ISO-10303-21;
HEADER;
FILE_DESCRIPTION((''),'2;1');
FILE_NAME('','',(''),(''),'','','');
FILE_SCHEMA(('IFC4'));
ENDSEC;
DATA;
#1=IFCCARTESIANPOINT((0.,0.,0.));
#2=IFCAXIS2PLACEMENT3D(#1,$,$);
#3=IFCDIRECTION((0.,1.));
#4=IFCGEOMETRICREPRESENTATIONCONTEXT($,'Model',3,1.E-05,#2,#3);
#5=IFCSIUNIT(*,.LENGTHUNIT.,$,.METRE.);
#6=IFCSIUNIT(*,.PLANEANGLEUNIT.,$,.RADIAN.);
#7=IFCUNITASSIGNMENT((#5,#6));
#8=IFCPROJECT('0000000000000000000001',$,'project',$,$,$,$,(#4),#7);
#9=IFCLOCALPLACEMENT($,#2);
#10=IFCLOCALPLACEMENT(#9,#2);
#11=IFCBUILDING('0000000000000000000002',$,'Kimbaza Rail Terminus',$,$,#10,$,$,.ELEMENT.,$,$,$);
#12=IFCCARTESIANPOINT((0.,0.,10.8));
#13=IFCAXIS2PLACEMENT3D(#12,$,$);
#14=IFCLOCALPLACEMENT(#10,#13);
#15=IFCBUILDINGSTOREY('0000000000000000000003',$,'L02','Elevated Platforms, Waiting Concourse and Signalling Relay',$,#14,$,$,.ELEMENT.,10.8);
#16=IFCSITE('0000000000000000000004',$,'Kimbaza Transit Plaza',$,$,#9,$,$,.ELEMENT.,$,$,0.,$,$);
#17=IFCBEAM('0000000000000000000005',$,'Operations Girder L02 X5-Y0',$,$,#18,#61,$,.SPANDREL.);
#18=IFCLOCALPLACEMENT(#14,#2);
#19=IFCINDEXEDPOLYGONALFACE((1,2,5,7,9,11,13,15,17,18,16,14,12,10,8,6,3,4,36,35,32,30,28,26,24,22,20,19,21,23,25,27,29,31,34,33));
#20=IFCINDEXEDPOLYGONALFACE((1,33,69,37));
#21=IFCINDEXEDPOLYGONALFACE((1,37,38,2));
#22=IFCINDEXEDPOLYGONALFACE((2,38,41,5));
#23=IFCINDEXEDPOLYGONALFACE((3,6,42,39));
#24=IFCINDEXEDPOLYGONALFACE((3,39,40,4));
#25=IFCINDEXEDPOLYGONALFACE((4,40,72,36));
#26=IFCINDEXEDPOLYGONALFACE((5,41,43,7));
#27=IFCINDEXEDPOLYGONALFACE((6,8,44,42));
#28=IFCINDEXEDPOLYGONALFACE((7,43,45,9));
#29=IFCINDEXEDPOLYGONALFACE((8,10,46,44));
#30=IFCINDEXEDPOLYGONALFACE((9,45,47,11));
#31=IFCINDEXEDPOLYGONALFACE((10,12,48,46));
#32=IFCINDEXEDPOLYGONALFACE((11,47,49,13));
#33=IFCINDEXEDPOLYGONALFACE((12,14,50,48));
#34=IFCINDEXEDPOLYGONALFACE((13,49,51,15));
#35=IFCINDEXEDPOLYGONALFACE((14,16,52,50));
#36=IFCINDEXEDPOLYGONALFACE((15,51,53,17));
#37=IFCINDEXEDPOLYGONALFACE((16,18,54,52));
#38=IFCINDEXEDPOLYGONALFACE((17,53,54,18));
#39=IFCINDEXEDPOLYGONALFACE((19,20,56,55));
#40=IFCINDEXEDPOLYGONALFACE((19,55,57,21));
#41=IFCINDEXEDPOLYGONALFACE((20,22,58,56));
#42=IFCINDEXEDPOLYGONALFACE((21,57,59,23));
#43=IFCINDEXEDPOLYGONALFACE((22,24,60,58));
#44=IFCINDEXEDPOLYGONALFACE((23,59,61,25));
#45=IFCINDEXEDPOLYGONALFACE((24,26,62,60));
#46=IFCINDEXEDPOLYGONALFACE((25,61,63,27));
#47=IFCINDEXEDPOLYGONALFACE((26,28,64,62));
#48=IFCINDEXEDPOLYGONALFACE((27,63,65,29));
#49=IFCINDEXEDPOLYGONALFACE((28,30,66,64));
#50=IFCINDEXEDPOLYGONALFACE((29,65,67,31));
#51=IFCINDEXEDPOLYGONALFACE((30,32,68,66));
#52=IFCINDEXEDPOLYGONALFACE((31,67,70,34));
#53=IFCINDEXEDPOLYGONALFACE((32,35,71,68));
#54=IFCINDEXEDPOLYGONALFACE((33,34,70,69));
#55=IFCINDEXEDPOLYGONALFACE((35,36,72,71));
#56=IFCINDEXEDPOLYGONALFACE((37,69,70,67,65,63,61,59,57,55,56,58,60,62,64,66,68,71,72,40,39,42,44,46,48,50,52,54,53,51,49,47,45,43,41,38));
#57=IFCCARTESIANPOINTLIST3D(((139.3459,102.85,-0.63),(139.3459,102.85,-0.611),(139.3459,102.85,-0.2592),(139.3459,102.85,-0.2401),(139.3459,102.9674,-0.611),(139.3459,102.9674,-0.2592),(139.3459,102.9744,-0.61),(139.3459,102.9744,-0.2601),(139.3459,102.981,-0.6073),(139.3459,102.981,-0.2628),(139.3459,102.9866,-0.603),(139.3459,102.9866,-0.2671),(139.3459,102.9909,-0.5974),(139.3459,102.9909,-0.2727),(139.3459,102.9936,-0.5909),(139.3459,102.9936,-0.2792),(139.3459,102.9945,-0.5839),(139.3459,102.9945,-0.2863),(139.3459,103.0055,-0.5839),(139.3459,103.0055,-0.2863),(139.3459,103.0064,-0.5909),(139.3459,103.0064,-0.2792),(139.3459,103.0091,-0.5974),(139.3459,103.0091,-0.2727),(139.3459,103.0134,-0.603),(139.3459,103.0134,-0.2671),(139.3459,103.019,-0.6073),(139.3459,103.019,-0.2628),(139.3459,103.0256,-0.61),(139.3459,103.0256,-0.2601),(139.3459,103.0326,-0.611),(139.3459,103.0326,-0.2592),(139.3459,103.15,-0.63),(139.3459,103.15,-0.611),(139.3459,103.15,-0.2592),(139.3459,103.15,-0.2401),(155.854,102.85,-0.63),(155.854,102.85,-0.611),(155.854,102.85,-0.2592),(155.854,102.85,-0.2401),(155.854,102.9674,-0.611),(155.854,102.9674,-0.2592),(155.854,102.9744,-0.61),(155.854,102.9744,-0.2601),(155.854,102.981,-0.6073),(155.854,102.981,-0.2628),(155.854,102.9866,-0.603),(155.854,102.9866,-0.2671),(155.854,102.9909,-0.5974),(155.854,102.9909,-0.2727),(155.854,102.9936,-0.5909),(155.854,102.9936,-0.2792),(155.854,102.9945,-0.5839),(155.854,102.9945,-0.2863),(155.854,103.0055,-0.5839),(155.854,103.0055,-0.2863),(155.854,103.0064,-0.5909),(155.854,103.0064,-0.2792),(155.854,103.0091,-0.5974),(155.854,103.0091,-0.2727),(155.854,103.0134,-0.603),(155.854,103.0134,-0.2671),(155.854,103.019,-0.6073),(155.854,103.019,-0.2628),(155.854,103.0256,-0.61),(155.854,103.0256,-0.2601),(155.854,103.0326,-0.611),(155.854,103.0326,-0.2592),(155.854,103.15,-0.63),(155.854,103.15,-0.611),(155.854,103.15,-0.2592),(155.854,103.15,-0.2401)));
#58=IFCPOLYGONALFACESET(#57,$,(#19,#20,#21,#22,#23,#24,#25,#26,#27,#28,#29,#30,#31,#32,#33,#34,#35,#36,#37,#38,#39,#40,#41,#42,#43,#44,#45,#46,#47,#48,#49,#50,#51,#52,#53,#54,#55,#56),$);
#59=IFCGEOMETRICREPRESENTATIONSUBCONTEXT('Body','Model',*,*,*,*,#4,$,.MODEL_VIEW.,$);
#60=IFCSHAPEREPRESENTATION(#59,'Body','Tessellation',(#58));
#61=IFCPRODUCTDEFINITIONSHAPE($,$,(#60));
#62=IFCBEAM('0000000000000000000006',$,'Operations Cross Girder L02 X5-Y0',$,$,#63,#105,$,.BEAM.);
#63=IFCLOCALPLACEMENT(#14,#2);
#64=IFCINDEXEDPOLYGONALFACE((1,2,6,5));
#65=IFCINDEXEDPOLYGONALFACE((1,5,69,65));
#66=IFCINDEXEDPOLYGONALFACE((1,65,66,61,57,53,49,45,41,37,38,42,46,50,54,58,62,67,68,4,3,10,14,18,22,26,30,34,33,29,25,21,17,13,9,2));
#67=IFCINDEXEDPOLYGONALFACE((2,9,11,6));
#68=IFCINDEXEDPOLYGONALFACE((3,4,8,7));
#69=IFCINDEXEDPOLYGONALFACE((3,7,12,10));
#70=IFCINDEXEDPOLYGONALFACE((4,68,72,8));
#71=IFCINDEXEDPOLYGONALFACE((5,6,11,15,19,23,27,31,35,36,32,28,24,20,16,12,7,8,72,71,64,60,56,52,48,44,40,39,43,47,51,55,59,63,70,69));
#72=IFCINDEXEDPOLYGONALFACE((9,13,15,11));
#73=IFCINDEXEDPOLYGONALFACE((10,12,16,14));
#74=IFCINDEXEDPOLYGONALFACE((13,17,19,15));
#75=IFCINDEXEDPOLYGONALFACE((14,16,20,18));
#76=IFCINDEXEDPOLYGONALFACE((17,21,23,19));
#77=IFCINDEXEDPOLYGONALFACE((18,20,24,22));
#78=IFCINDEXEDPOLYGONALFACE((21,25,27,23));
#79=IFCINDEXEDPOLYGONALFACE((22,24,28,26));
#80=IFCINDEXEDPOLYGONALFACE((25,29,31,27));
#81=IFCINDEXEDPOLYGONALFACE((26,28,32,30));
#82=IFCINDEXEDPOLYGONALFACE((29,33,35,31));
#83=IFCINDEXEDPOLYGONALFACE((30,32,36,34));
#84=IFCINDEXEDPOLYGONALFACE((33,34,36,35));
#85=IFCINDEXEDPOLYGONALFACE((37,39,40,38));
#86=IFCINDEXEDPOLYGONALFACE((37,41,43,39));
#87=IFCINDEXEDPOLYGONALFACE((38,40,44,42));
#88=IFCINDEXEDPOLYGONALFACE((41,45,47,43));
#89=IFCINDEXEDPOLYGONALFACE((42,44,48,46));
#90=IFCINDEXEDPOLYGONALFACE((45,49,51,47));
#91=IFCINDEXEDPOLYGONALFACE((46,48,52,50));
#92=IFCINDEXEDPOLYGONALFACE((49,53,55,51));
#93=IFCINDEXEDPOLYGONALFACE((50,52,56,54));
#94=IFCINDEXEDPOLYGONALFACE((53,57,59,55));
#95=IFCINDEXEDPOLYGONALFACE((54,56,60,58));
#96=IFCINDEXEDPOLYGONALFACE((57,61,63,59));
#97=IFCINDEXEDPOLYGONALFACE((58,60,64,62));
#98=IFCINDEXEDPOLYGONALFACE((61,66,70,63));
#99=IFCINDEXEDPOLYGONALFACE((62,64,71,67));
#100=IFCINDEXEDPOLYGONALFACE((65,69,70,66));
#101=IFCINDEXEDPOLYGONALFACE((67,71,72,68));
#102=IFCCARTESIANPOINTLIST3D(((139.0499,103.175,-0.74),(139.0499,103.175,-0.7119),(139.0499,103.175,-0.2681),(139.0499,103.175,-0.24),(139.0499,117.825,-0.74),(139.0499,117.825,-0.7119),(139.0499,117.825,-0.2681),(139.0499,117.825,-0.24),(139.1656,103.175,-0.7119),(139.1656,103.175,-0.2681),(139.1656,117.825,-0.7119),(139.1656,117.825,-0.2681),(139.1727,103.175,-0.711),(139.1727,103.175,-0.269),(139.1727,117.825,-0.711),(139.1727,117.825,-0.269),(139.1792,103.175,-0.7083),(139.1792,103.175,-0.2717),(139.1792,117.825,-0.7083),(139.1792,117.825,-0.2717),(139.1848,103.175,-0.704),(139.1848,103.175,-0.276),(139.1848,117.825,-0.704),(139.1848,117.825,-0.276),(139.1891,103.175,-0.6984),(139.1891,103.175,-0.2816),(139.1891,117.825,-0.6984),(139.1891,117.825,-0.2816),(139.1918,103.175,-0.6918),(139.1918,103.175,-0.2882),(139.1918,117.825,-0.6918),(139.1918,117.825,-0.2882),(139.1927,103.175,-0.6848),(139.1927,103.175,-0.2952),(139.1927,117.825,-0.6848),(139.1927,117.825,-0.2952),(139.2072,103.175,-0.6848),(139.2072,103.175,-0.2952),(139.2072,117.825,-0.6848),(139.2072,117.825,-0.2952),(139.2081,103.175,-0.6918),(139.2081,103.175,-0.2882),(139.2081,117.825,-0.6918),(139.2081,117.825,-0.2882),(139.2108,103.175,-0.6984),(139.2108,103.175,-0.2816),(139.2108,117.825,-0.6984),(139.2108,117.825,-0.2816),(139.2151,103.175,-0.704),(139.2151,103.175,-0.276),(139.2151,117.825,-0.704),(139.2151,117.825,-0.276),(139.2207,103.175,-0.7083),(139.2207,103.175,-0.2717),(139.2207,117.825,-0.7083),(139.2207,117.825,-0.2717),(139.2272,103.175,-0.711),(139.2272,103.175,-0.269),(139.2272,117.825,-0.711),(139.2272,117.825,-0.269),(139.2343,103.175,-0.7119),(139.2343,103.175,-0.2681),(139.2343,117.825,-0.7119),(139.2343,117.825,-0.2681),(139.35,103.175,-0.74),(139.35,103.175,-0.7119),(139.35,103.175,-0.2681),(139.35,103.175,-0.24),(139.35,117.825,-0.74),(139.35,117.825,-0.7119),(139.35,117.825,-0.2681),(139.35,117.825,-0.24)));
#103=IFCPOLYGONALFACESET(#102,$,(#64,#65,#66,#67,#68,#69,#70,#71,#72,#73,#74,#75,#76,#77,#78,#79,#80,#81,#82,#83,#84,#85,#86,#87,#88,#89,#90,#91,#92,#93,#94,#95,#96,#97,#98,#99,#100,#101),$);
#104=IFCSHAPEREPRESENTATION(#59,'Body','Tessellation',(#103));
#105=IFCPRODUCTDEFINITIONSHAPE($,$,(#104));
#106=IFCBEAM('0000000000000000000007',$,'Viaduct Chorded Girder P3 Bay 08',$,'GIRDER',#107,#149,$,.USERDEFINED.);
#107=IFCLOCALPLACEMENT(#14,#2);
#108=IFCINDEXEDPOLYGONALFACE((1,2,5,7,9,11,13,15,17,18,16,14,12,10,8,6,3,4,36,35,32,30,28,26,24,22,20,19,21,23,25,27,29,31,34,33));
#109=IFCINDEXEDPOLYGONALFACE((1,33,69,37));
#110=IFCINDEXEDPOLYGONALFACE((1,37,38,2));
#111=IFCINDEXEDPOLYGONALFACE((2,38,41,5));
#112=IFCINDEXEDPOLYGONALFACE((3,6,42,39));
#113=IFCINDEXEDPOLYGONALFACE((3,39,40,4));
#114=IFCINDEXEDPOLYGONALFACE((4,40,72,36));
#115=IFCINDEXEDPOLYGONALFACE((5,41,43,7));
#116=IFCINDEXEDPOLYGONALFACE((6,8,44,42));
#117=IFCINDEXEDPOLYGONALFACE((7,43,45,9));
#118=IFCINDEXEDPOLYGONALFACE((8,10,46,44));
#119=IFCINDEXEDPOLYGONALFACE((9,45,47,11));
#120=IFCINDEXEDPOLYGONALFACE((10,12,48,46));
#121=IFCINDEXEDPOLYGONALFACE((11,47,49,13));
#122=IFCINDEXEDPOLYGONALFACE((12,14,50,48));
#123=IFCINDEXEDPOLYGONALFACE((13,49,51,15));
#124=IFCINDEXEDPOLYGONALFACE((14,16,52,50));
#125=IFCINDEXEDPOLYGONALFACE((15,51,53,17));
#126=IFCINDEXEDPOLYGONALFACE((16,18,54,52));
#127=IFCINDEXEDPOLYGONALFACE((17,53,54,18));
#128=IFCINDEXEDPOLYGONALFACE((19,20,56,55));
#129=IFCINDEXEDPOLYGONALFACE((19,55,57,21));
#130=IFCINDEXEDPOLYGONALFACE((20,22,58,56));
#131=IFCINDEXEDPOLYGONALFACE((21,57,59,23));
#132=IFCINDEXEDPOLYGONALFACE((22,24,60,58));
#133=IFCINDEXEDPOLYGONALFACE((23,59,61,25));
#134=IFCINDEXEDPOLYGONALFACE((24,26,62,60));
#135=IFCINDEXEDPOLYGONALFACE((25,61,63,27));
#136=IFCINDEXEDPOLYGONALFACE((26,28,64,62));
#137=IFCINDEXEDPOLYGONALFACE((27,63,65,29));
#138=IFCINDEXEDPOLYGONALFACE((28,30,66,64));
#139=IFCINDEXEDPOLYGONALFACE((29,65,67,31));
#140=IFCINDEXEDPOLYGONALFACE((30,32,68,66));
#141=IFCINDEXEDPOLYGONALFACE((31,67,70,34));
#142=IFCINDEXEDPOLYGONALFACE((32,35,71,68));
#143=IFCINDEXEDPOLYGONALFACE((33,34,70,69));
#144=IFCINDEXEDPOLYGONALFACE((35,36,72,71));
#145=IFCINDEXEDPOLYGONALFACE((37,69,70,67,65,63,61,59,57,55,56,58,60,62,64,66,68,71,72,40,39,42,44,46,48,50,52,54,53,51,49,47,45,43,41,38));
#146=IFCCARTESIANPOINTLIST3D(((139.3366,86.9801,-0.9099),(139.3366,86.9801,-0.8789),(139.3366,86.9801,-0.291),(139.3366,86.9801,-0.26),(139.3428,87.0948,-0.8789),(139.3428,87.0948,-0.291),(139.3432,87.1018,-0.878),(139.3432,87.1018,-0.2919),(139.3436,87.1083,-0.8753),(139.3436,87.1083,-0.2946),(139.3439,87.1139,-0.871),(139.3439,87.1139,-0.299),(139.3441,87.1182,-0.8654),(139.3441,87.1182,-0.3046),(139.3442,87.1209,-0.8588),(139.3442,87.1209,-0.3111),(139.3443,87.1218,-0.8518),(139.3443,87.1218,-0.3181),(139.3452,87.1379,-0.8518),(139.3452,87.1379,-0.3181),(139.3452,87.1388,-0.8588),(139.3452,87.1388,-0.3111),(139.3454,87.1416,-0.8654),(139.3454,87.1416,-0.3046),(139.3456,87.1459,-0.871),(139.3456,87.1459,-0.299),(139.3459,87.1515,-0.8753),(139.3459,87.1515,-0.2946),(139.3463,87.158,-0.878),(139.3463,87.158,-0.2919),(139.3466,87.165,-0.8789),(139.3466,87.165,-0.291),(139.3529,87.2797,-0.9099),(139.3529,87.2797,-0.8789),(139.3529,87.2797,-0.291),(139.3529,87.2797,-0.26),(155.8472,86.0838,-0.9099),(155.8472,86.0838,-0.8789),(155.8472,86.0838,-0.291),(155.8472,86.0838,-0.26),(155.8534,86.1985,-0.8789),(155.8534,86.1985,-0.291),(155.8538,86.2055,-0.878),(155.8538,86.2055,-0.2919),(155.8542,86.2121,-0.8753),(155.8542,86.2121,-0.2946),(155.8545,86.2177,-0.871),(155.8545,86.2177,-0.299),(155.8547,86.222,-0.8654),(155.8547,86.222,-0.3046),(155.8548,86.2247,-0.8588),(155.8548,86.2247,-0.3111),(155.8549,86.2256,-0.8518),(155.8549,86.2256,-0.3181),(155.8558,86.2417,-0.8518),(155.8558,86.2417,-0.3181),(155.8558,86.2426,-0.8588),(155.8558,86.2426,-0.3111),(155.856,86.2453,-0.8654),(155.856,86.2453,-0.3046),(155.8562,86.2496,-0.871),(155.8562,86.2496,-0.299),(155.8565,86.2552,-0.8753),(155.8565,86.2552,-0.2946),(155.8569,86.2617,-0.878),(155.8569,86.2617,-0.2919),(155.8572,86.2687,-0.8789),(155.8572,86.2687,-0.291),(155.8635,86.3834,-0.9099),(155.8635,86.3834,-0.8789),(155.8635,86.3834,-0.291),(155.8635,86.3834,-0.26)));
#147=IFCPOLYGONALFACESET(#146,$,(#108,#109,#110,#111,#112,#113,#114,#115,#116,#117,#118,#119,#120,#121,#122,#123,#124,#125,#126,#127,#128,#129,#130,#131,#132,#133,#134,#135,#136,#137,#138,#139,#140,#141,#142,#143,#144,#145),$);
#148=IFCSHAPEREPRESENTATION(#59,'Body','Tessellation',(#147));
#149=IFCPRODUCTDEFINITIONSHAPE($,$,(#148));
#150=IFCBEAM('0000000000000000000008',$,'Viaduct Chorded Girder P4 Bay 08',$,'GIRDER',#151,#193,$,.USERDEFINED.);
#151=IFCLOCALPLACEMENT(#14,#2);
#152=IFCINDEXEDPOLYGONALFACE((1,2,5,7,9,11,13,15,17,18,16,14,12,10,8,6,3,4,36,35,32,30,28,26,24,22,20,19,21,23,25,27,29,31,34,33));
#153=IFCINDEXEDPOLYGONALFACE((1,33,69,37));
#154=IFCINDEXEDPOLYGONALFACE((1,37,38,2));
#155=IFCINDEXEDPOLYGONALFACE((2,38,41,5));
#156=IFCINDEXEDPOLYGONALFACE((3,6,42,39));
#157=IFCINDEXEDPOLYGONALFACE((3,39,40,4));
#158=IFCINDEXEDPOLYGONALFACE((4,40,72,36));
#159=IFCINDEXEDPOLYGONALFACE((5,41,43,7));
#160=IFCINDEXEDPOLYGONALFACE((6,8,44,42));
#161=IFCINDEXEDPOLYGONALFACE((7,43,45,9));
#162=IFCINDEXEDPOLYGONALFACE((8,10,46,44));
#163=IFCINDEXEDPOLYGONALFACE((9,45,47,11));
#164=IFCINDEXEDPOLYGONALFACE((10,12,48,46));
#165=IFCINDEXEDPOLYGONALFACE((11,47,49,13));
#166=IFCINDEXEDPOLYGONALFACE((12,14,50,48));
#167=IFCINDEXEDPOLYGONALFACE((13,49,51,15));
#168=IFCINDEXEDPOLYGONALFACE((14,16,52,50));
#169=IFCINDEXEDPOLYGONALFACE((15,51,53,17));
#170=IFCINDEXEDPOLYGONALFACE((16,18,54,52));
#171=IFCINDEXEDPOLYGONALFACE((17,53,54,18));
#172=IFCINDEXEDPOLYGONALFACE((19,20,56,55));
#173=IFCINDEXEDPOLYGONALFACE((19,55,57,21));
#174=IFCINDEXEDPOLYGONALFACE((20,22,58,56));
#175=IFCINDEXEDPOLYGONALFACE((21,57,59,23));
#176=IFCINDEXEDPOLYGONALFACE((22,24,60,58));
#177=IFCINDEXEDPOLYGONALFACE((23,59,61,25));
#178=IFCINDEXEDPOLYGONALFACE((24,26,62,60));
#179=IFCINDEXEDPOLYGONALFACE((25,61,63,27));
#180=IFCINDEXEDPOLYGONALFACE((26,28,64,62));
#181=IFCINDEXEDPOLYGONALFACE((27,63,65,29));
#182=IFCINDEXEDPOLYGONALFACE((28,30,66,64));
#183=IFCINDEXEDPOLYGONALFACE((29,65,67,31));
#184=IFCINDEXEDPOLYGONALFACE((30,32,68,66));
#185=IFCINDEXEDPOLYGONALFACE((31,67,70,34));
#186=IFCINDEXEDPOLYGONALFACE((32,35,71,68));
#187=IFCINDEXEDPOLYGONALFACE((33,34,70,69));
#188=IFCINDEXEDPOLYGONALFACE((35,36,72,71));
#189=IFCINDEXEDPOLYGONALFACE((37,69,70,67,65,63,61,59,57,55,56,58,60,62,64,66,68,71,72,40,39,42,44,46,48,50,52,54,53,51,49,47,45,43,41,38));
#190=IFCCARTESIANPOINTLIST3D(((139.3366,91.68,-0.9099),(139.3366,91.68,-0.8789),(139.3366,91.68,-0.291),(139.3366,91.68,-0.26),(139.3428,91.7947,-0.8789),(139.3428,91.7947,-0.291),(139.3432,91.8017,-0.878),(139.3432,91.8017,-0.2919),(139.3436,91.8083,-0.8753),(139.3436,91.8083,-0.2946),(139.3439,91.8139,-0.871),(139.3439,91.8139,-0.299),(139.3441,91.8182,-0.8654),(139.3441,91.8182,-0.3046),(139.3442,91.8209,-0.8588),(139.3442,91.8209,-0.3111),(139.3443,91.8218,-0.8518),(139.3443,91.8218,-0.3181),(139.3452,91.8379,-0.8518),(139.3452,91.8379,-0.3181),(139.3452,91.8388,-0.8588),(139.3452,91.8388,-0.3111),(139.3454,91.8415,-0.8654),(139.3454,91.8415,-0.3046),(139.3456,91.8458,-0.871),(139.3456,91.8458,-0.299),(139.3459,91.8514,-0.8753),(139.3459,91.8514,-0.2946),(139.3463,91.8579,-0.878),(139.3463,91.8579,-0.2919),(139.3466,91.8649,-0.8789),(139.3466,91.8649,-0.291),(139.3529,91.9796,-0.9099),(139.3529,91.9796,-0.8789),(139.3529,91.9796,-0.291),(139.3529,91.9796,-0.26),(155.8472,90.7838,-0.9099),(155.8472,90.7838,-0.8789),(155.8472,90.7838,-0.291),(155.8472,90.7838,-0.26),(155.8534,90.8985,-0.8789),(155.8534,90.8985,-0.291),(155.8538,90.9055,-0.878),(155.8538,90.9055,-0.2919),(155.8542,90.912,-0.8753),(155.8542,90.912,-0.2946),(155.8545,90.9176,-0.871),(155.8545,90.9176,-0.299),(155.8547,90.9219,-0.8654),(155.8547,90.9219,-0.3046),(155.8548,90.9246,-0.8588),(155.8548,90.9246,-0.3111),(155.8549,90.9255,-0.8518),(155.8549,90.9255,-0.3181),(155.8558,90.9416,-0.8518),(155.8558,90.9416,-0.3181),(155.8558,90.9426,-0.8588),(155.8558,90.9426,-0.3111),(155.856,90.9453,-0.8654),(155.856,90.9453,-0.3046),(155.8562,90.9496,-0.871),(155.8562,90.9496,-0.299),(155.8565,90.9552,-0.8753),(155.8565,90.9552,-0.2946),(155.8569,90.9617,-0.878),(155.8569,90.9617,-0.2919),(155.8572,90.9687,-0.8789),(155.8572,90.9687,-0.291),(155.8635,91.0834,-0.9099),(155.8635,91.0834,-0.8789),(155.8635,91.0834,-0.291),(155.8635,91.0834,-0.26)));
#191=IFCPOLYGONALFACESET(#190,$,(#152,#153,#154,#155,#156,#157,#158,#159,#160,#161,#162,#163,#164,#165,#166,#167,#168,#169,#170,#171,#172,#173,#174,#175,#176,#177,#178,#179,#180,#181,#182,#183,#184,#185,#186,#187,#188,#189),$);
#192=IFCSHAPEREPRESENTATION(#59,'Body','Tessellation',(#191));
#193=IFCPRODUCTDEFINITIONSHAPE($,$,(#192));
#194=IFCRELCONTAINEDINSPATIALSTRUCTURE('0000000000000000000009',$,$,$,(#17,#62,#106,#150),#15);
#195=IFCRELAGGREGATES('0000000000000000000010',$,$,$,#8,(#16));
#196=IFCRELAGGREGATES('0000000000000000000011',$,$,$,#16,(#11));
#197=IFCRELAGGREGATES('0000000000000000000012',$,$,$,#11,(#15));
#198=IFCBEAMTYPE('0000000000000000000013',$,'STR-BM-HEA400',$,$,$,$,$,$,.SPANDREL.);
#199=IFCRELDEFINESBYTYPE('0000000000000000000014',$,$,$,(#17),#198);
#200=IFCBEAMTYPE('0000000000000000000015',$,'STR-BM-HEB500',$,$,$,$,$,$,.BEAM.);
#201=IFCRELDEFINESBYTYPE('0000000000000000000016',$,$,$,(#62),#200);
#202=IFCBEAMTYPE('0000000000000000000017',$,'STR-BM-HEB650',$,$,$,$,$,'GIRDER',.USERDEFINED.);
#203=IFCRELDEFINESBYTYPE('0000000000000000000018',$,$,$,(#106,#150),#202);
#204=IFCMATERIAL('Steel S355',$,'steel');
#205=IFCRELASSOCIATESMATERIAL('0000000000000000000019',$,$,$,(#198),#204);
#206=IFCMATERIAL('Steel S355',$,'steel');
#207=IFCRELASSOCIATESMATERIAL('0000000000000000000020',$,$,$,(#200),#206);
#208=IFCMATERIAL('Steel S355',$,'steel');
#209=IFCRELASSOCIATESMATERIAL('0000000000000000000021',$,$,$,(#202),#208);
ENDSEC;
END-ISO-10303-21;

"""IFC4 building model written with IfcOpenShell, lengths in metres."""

from ifc_helpers import new_model, si_unit, direction, frame, origin, origin_2d, place, context, subcontext, project, spatial, i_section, extrude, material, material_profile, profile_set, type_object, element, save


model = new_model("IFC4")

# Units and contexts
model_context = context("Model", 3, precision=1e-05, world=origin(), true_north=direction((0.0, 1.0)))
body_context = subcontext(model_context, "Body", "Model", "MODEL_VIEW")
ifc_project = project(units=[si_unit("LENGTHUNIT", "METRE"), si_unit("PLANEANGLEUNIT", "RADIAN")], contexts=[model_context])

# Site, building, storey
site_placement = place(None, origin())
site = spatial("IfcSite", under=ifc_project, at=site_placement, Name="Kimbaza Transit Plaza", CompositionType="ELEMENT", RefElevation=0.0)
building_placement = place(site_placement, origin())
building = spatial("IfcBuilding", under=site, at=building_placement, Name="Kimbaza Rail Terminus", CompositionType="ELEMENT")
storey_placement = place(building_placement, frame((0.0, 0.0, 10.8)))
storey = spatial("IfcBuildingStorey", under=building, at=storey_placement, Name="L02", Description="Elevated Platforms, Waiting Concourse and Signalling Relay", CompositionType="ELEMENT", Elevation=10.8)

# Beams
ifc_material_1 = material(Name="Steel S355", Category="steel")
ifc_material_profile_1 = material_profile(ifc_material_1, i_section(OverallWidth=0.3, OverallDepth=0.3899, WebThickness=0.011, FlangeThickness=0.019, FilletRadius=0.0271, at=origin_2d()), Name="HEA 400")
ifc_profile_set_1 = profile_set([ifc_material_profile_1], Name="Steel S355")
beam_type_1 = type_object("IfcBeamType", Name="STR-BM-HEA400", PredefinedType="SPANDREL", material=ifc_profile_set_1)
beam_1_placement = place(storey_placement, frame((139.3459, 103.0, -0.4351), z_axis=(1.0, 0.0, 0.0), x_axis=(0.0, 1.0, 0.0)))
element("IfcBeam", 1, at=beam_1_placement, inside=storey, type_object=beam_type_1, Name="Operations Girder L02 X5-Y0", PredefinedType="SPANDREL", context=body_context, shape_type="SweptSolid", body=[
    extrude(i_section(OverallWidth=0.3, OverallDepth=0.3899, WebThickness=0.011, FlangeThickness=0.019, FilletRadius=0.0271, at=origin_2d()), origin(), (0.0, 0.0, 1.0), 16.5081),
])
ifc_material_2 = material(Name="Steel S355", Category="steel")
ifc_material_profile_2 = material_profile(ifc_material_2, i_section(OverallWidth=0.3, OverallDepth=0.5, WebThickness=0.0144, FlangeThickness=0.0281, FilletRadius=0.0271, at=origin_2d()), Name="HEB 500")
ifc_profile_set_2 = profile_set([ifc_material_profile_2], Name="Steel S355")
beam_type_2 = type_object("IfcBeamType", Name="STR-BM-HEB500", PredefinedType="BEAM", material=ifc_profile_set_2)
beam_2_placement = place(storey_placement, frame((139.2, 103.175, -0.49), z_axis=(0.0, 1.0, 0.0), x_axis=(-1.0, 0.0, 0.0)))
element("IfcBeam", 2, at=beam_2_placement, inside=storey, type_object=beam_type_2, Name="Operations Cross Girder L02 X5-Y0", PredefinedType="BEAM", context=body_context, shape_type="SweptSolid", body=[
    extrude(i_section(OverallWidth=0.3, OverallDepth=0.5, WebThickness=0.0144, FlangeThickness=0.0281, FilletRadius=0.0271, at=origin_2d()), origin(), (0.0, 0.0, 1.0), 14.6499),
])
ifc_material_3 = material(Name="Steel S355", Category="steel")
ifc_material_profile_3 = material_profile(ifc_material_3, i_section(OverallWidth=0.3, OverallDepth=0.6499, WebThickness=0.0161, FlangeThickness=0.031, FilletRadius=0.0271, at=origin_2d()), Name="HEB 650")
ifc_profile_set_3 = profile_set([ifc_material_profile_3], Name="Steel S355")
beam_type_3 = type_object("IfcBeamType", Name="STR-BM-HEB650", ElementType="GIRDER", PredefinedType="USERDEFINED", material=ifc_profile_set_3)
for number, where, z_axis, x_axis, name in (
    (3, (139.3447, 87.1299, -0.585), (0.99853, -0.054203, 0.0), (0.054203, 0.99853, 0.0), "Viaduct Chorded Girder P3 Bay 08"),
    (4, (139.3447, 91.8298, -0.585), (0.99853, -0.054203, 0.0), (0.054203, 0.99853, 0.0), "Viaduct Chorded Girder P4 Bay 08"),
):
    element("IfcBeam", number, at=place(storey_placement, frame(where, z_axis=z_axis, x_axis=x_axis)), inside=storey, type_object=beam_type_3, Name=name, ObjectType="GIRDER", PredefinedType="USERDEFINED", context=body_context, shape_type="SweptSolid", body=[
        extrude(i_section(OverallWidth=0.3, OverallDepth=0.6499, WebThickness=0.0161, FlangeThickness=0.031, FilletRadius=0.0271, at=origin_2d()), origin(), (0.0, 0.0, 1.0), 16.5349),
    ])

save(model, "model.ifc")
